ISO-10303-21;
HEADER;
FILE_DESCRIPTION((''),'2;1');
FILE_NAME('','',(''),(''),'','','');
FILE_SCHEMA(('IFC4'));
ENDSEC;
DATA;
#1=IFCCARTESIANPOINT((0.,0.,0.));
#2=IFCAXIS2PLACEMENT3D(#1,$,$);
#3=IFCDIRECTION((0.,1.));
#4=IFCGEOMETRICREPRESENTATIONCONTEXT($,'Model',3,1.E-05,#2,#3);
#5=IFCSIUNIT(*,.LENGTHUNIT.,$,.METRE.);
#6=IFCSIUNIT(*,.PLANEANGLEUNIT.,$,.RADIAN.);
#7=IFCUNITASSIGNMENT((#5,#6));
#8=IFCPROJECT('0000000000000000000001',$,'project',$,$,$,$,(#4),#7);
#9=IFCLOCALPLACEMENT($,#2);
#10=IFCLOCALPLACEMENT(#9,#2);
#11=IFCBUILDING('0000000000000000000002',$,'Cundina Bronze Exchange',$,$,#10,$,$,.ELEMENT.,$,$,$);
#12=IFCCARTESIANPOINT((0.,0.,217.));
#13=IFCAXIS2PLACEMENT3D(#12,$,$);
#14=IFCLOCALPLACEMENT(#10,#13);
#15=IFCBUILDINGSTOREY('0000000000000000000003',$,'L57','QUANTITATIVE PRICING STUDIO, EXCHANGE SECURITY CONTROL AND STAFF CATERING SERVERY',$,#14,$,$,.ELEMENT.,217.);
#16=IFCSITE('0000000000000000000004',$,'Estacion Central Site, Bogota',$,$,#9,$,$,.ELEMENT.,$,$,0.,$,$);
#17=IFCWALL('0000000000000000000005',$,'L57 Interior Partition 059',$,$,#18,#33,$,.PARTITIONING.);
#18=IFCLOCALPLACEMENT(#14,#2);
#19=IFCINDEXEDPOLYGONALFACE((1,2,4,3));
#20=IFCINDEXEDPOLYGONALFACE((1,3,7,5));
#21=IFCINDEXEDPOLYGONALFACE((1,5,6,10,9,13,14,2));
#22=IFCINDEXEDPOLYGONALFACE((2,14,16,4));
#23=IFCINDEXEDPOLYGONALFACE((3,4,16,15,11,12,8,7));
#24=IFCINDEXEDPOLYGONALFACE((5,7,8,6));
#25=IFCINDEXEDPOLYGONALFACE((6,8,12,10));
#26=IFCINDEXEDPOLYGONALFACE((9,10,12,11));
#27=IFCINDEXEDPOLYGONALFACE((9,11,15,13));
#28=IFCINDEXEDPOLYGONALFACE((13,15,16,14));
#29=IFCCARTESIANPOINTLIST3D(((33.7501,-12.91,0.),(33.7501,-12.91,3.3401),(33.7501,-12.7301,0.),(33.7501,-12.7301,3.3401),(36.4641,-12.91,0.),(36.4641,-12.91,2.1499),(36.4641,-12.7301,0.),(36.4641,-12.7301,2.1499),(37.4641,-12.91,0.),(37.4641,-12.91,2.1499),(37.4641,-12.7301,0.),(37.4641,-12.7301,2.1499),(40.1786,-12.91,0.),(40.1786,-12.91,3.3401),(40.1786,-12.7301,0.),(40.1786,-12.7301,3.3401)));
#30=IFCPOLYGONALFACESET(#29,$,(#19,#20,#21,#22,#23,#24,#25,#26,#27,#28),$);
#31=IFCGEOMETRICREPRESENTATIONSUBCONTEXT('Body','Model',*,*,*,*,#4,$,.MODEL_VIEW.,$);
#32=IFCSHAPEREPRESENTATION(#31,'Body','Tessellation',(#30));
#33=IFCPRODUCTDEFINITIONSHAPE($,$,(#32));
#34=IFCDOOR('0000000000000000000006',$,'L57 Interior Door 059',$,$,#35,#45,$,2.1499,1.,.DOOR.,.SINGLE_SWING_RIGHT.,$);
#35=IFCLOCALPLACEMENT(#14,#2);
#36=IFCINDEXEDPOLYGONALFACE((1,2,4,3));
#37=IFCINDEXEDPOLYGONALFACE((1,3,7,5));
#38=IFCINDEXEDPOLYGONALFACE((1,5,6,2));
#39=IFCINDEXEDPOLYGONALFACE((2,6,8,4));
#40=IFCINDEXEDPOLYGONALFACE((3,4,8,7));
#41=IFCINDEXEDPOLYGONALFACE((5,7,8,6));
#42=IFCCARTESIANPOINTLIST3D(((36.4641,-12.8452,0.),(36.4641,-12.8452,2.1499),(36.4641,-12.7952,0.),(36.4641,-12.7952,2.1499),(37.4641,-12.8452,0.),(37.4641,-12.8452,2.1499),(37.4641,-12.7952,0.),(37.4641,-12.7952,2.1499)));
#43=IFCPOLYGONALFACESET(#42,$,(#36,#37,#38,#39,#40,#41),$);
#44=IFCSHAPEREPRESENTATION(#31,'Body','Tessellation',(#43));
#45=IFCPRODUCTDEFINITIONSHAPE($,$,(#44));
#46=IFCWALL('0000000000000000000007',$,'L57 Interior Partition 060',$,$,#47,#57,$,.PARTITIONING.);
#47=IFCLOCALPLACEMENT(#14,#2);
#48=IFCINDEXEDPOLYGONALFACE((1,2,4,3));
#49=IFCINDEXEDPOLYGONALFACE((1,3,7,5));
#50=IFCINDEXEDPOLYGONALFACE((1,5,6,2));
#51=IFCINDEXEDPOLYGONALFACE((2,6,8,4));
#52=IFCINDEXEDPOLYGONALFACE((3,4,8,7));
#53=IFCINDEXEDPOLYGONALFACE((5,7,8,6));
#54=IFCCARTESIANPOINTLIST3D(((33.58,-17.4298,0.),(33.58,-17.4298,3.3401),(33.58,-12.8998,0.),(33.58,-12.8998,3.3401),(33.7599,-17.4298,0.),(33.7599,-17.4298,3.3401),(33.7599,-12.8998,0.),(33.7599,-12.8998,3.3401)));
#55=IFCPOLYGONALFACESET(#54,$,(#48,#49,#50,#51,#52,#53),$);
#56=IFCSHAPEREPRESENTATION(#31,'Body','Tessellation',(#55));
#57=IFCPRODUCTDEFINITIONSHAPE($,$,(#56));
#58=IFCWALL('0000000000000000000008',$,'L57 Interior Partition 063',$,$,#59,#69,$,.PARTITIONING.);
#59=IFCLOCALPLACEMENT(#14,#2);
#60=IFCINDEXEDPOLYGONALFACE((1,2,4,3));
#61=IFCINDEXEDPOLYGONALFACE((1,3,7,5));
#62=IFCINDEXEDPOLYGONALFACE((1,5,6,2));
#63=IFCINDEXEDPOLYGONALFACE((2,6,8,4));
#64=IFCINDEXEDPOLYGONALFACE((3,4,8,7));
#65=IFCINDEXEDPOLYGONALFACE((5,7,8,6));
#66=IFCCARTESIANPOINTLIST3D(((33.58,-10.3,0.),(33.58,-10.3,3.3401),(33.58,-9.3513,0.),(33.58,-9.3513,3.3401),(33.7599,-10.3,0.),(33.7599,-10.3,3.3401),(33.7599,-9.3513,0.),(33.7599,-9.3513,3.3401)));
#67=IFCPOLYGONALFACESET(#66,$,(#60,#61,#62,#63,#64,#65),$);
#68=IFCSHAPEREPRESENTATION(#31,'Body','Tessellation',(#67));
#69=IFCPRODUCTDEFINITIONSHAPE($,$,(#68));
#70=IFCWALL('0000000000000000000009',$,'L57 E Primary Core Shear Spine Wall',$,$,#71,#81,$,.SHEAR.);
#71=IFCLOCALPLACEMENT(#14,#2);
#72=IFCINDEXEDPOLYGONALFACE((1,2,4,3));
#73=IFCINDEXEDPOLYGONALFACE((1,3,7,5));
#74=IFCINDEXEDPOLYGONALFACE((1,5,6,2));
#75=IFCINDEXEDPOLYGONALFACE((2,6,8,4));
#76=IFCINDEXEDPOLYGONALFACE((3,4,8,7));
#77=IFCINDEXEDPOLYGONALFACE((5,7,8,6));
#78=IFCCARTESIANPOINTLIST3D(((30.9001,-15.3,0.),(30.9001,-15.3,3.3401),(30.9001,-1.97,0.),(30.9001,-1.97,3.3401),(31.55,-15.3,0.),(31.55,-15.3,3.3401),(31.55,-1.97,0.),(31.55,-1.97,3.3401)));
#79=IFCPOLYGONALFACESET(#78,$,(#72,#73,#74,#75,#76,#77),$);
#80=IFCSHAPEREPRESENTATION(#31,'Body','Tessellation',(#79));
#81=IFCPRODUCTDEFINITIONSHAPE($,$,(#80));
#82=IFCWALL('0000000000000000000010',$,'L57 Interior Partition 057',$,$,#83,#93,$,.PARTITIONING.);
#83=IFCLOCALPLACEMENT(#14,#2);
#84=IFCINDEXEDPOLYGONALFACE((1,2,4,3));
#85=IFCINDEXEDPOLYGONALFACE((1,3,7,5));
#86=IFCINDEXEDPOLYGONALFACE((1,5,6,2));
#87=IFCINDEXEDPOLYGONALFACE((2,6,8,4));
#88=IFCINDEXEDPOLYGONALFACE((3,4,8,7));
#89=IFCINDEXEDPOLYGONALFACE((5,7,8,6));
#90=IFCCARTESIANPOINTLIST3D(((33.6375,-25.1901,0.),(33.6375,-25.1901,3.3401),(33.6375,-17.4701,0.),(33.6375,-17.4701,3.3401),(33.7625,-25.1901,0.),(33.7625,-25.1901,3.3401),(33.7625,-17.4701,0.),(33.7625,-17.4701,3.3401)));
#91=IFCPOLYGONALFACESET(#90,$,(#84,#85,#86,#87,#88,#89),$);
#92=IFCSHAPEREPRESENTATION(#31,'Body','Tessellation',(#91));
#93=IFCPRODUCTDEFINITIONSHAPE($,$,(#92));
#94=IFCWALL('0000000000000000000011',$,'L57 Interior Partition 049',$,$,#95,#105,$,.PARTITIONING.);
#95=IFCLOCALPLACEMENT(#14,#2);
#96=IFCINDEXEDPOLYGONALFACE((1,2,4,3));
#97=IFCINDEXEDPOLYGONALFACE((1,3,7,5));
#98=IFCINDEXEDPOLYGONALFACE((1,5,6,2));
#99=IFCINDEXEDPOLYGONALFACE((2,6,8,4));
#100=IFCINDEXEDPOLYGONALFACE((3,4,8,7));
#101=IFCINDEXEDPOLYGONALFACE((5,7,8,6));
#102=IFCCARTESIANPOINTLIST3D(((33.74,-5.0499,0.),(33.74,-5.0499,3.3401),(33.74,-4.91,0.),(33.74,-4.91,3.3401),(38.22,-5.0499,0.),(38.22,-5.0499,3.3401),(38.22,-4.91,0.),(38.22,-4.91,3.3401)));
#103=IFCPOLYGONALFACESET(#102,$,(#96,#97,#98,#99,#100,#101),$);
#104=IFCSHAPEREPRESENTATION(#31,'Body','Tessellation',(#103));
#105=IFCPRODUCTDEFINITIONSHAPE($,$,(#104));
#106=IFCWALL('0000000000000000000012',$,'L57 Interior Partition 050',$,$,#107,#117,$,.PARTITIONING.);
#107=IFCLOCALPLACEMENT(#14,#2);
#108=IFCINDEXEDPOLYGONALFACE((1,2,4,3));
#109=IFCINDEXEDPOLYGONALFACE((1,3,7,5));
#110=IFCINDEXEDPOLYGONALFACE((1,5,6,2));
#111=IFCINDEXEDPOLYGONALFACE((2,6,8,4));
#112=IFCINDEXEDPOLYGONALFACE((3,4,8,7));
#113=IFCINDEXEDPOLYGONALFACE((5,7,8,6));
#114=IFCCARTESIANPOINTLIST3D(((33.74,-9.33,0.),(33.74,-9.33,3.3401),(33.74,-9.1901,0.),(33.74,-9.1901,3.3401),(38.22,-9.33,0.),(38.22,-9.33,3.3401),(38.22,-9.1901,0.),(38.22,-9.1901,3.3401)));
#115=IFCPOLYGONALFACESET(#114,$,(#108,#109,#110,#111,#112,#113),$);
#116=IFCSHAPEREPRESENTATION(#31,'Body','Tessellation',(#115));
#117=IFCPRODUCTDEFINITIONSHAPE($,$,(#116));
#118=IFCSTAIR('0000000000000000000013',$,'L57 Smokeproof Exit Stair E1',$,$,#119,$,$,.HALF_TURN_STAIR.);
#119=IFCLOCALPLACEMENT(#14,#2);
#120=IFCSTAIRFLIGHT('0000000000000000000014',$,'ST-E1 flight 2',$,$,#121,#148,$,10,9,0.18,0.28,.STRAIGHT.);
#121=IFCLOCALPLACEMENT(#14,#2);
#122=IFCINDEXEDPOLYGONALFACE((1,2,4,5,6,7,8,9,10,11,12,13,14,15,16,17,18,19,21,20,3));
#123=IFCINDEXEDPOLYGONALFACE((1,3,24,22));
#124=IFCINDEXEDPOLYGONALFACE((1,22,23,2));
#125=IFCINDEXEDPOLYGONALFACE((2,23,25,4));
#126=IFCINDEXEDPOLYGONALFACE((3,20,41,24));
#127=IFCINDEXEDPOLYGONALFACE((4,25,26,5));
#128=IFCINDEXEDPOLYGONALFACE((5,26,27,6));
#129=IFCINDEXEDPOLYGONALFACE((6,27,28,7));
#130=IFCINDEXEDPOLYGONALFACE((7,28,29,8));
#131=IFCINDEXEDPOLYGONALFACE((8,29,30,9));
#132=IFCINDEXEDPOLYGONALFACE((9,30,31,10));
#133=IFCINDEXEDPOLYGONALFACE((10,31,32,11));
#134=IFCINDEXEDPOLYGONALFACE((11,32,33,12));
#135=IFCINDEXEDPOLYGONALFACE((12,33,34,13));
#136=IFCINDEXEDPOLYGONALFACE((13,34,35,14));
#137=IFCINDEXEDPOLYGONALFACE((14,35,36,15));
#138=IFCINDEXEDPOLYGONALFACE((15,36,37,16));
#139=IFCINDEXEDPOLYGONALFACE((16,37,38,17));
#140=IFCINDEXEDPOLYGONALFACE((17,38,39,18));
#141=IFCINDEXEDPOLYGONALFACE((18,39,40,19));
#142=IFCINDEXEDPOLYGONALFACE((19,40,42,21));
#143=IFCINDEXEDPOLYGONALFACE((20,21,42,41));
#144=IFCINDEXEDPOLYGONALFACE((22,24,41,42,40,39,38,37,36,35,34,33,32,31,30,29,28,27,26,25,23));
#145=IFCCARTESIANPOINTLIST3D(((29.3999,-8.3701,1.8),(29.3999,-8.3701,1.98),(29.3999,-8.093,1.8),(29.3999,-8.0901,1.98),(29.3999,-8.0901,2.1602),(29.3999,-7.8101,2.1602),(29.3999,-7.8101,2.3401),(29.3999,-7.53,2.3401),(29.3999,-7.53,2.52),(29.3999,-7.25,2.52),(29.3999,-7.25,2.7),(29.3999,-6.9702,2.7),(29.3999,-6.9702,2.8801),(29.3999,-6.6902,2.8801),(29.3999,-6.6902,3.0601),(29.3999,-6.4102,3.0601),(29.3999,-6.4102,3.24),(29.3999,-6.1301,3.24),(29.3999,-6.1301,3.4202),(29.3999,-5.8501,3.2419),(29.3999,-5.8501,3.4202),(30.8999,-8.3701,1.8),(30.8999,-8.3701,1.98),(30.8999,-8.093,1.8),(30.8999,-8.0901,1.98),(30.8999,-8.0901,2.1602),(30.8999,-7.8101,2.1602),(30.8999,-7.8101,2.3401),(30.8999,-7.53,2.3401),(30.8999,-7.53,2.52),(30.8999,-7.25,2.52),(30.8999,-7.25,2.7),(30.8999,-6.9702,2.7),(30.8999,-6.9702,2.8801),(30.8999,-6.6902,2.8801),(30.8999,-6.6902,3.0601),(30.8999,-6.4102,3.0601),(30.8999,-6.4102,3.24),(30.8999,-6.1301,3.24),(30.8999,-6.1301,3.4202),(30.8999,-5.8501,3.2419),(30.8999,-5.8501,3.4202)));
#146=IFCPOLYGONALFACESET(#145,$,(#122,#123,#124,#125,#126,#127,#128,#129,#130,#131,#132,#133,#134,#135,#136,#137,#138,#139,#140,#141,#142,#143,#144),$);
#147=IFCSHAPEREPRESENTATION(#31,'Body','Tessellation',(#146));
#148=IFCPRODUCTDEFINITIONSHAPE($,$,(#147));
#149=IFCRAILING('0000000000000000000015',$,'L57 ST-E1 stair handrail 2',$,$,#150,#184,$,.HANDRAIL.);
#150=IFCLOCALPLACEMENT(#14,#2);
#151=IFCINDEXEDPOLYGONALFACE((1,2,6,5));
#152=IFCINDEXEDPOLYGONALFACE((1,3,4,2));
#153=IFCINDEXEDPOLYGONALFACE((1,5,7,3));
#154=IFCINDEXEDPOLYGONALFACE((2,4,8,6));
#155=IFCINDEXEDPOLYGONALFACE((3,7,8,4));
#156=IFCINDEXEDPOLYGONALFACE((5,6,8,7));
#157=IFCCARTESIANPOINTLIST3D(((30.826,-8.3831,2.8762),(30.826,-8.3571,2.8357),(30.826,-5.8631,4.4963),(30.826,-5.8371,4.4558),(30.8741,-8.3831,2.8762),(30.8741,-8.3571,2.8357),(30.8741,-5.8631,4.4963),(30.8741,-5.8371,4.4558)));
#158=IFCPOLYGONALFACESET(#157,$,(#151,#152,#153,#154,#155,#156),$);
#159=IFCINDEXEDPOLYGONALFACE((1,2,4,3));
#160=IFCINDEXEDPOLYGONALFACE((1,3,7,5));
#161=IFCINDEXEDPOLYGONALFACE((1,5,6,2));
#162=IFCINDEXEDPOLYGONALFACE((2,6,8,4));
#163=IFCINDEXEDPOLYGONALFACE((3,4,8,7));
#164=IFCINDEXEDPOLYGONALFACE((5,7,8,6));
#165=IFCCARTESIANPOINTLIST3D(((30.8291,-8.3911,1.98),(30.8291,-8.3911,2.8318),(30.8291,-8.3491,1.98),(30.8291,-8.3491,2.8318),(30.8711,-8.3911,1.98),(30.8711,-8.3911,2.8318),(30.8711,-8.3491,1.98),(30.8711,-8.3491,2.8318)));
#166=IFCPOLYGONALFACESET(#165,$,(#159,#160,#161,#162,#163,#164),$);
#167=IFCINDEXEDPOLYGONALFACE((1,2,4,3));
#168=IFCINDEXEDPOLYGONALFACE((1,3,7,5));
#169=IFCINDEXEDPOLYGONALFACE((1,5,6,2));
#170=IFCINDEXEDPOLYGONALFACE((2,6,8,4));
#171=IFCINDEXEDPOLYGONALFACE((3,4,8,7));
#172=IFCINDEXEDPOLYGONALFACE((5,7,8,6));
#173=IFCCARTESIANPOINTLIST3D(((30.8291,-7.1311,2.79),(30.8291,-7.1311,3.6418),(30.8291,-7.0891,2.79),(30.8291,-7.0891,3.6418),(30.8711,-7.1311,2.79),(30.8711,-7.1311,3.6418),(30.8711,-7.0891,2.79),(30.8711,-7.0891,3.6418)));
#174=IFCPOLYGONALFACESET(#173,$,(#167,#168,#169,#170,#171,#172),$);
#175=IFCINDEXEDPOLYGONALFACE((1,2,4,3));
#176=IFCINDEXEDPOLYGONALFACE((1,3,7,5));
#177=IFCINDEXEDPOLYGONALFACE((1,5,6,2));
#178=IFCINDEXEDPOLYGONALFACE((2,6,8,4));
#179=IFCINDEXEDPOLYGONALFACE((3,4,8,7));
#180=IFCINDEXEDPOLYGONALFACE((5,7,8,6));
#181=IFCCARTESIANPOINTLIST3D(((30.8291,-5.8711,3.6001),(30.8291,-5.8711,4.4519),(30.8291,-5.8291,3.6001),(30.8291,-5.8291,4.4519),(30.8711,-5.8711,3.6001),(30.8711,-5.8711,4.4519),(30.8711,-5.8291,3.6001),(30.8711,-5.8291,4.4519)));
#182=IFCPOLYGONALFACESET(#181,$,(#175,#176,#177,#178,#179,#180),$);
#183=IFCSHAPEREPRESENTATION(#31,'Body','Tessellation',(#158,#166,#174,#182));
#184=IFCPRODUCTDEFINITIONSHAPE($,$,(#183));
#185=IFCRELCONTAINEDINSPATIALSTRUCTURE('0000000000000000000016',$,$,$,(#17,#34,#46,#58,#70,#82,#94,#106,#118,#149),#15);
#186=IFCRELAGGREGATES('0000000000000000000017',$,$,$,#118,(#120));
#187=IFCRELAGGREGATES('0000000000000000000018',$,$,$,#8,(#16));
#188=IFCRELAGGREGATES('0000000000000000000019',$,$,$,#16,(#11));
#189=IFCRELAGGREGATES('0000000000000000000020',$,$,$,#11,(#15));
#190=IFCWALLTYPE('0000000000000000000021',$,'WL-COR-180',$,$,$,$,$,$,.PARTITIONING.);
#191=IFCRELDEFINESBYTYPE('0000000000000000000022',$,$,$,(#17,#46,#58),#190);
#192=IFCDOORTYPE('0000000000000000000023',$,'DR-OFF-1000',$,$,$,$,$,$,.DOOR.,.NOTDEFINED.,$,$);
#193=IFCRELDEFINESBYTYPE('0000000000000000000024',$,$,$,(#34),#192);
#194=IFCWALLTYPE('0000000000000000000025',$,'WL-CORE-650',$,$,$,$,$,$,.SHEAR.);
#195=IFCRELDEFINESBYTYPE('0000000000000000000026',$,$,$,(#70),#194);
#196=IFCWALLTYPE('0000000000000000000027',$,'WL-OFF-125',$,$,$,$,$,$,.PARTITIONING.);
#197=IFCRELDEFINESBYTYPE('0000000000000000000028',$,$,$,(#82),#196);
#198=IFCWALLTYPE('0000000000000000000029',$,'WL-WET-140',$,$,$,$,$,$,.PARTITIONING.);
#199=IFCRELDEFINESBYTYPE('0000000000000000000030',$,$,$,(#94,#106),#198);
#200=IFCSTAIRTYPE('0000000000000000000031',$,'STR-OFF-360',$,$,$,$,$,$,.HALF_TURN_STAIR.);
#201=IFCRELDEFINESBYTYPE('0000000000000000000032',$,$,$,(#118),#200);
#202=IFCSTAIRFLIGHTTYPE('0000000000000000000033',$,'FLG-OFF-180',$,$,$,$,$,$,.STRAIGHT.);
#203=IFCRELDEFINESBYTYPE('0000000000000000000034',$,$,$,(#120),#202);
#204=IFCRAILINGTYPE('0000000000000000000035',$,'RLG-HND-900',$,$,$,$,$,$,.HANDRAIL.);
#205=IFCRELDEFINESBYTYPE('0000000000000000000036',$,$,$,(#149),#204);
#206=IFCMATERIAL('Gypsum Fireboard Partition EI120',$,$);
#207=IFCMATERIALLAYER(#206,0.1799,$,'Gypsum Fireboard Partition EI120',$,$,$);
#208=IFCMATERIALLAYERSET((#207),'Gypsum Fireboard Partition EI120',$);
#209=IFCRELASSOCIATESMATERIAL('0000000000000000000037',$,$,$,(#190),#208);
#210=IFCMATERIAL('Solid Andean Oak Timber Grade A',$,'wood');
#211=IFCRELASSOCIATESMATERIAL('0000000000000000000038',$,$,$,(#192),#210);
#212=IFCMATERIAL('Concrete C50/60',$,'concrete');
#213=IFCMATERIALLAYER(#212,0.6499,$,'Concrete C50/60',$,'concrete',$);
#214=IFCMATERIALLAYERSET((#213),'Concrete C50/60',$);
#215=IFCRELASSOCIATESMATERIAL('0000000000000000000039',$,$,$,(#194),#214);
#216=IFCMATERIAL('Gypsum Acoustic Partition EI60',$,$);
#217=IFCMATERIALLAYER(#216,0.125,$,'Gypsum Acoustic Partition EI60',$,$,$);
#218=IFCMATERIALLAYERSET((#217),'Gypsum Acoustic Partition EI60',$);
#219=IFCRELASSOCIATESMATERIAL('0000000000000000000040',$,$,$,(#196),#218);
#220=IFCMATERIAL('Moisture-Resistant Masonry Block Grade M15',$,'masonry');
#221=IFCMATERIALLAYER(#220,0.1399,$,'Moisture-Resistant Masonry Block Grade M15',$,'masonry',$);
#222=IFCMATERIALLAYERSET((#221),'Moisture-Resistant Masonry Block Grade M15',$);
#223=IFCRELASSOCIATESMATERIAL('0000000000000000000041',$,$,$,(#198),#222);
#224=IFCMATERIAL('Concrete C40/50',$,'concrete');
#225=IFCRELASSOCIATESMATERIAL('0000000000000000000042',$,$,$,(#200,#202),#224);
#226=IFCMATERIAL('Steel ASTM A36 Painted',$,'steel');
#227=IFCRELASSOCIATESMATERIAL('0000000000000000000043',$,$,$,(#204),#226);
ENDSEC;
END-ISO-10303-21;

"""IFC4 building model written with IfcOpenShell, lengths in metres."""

from ifc_helpers import new_model, si_unit, direction, frame, frame_2d, origin, origin_2d, place, context, subcontext, project, spatial, polyline, rectangle, outline, extrude, material, layer, layer_set, type_object, element, fill, aggregate, save


model = new_model("IFC4")

# Units and contexts
model_context = context("Model", 3, precision=1e-05, world=origin(), true_north=direction((0.0, 1.0)))
body_context = subcontext(model_context, "Body", "Model", "MODEL_VIEW")
ifc_project = project(units=[si_unit("LENGTHUNIT", "METRE"), si_unit("PLANEANGLEUNIT", "RADIAN")], contexts=[model_context])

# Site, building, storey
site_placement = place(None, origin())
site = spatial("IfcSite", under=ifc_project, at=site_placement, Name="Estacion Central Site, Bogota", CompositionType="ELEMENT", RefElevation=0.0)
building_placement = place(site_placement, origin())
building = spatial("IfcBuilding", under=site, at=building_placement, Name="Cundina Bronze Exchange", CompositionType="ELEMENT")
storey_placement = place(building_placement, frame((0.0, 0.0, 217.0)))
storey = spatial("IfcBuildingStorey", under=building, at=storey_placement, Name="L57", Description="QUANTITATIVE PRICING STUDIO, EXCHANGE SECURITY CONTROL AND STAFF CATERING SERVERY", CompositionType="ELEMENT", Elevation=217.0)

# Shared definitions
ifc_material_1 = material(Name="Concrete C50/60", Category="concrete")

# Wall, opening, door
ifc_material_2 = material(Name="Gypsum Fireboard Partition EI120")
ifc_layer_1 = layer(ifc_material_2, 0.1799, Name="Gypsum Fireboard Partition EI120")
ifc_layer_set_1 = layer_set([ifc_layer_1], Name="Gypsum Fireboard Partition EI120")
wall_type_1 = type_object("IfcWallType", Name="WL-COR-180", PredefinedType="PARTITIONING", material=ifc_layer_set_1)
ifc_material_3 = material(Name="Solid Andean Oak Timber Grade A", Category="wood")
door_type_1 = type_object("IfcDoorType", Name="DR-OFF-1000", OperationType="NOTDEFINED", PredefinedType="DOOR", material=ifc_material_3)
wall_1_placement = place(storey_placement, frame((33.75, -12.8201, 0.0), z_axis=(0.0, 0.0, 1.0), x_axis=(1.0, 0.0, 0.0)))
wall_1 = element("IfcWall", 1, at=wall_1_placement, inside=storey, type_object=wall_type_1, Name="L57 Interior Partition 059", PredefinedType="PARTITIONING", context=body_context, shape_type="SweptSolid", body=[
    extrude(rectangle(XDim=6.4285, YDim=0.1799, at=frame_2d((3.2144, 0.0))), origin(), (0.0, 0.0, 1.0), 3.3401),
])
opening_1_placement = place(wall_1_placement, frame((2.7141, 0.0, 0.0)))
opening_1 = element("IfcOpeningElement", 2, at=opening_1_placement, cuts=wall_1, PredefinedType="OPENING", context=body_context, shape_type="SweptSolid", body=[
    extrude(rectangle(XDim=1.0, YDim=2.1499, at=frame_2d((0.5, 1.075))), frame((0.0, 0.0999, 0.0), z_axis=(0.0, -1.0, 0.0), x_axis=(1.0, 0.0, 0.0)), (0.0, 0.0, 1.0), 0.2),
])
door_1_placement = place(opening_1_placement, origin())
door_1 = element("IfcDoor", 3, at=door_1_placement, inside=storey, type_object=door_type_1, Name="L57 Interior Door 059", OperationType="SINGLE_SWING_RIGHT", OverallHeight=2.1499, OverallWidth=1.0, PredefinedType="DOOR", context=body_context, shape_type="SweptSolid", body=[
    extrude(rectangle(XDim=1.0, YDim=2.1499, at=frame_2d((0.5, 1.075))), frame((0.0, 0.0249, 0.0), z_axis=(0.0, -1.0, 0.0), x_axis=(1.0, 0.0, 0.0)), (0.0, 0.0, 1.0), 0.05),
])
fill(opening_1, door_1)

# Walls
wall_2_placement = place(storey_placement, frame((33.6699, -17.4299, 0.0), z_axis=(0.0, 0.0, 1.0), x_axis=(0.0, 1.0, 0.0)))
element("IfcWall", 4, at=wall_2_placement, inside=storey, type_object=wall_type_1, Name="L57 Interior Partition 060", PredefinedType="PARTITIONING", context=body_context, shape_type="SweptSolid", body=[
    extrude(rectangle(XDim=4.53, YDim=0.1799, at=frame_2d((2.2651, 0.0))), origin(), (0.0, 0.0, 1.0), 3.3401),
])
wall_3_placement = place(storey_placement, frame((33.6699, -10.3, 0.0), z_axis=(0.0, 0.0, 1.0), x_axis=(0.0, 1.0, 0.0)))
element("IfcWall", 5, at=wall_3_placement, inside=storey, type_object=wall_type_1, Name="L57 Interior Partition 063", PredefinedType="PARTITIONING", context=body_context, shape_type="SweptSolid", body=[
    extrude(rectangle(XDim=0.9487, YDim=0.1799, at=frame_2d((0.4744, 0.0))), origin(), (0.0, 0.0, 1.0), 3.3401),
])
ifc_layer_2 = layer(ifc_material_1, 0.6499, Name="Concrete C50/60", Category="concrete")
ifc_layer_set_2 = layer_set([ifc_layer_2], Name="Concrete C50/60")
wall_type_2 = type_object("IfcWallType", Name="WL-CORE-650", PredefinedType="SHEAR", material=ifc_layer_set_2)
wall_4_placement = place(storey_placement, frame((31.2251, -15.3, 0.0), z_axis=(0.0, 0.0, 1.0), x_axis=(0.0, 1.0, 0.0)))
element("IfcWall", 6, at=wall_4_placement, inside=storey, type_object=wall_type_2, Name="L57 E Primary Core Shear Spine Wall", PredefinedType="SHEAR", context=body_context, shape_type="SweptSolid", body=[
    extrude(rectangle(XDim=13.3301, YDim=0.6499, at=frame_2d((6.665, 0.0))), origin(), (0.0, 0.0, 1.0), 3.3401),
])
ifc_material_4 = material(Name="Gypsum Acoustic Partition EI60")
ifc_layer_3 = layer(ifc_material_4, 0.125, Name="Gypsum Acoustic Partition EI60")
ifc_layer_set_3 = layer_set([ifc_layer_3], Name="Gypsum Acoustic Partition EI60")
wall_type_3 = type_object("IfcWallType", Name="WL-OFF-125", PredefinedType="PARTITIONING", material=ifc_layer_set_3)
wall_5_placement = place(storey_placement, frame((33.7, -25.1899, 0.0), z_axis=(0.0, 0.0, 1.0), x_axis=(0.0, 1.0, 0.0)))
element("IfcWall", 7, at=wall_5_placement, inside=storey, type_object=wall_type_3, Name="L57 Interior Partition 057", PredefinedType="PARTITIONING", context=body_context, shape_type="SweptSolid", body=[
    extrude(rectangle(XDim=7.72, YDim=0.125, at=frame_2d((3.8599, 0.0))), origin(), (0.0, 0.0, 1.0), 3.3401),
])
ifc_material_5 = material(Name="Moisture-Resistant Masonry Block Grade M15", Category="masonry")
ifc_layer_4 = layer(ifc_material_5, 0.1399, Name="Moisture-Resistant Masonry Block Grade M15", Category="masonry")
ifc_layer_set_4 = layer_set([ifc_layer_4], Name="Moisture-Resistant Masonry Block Grade M15")
wall_type_4 = type_object("IfcWallType", Name="WL-WET-140", PredefinedType="PARTITIONING", material=ifc_layer_set_4)
for number, where, z_axis, x_axis, name in (
    (8, (33.74, -4.98, 0.0), (0.0, 0.0, 1.0), (1.0, 0.0, 0.0), "L57 Interior Partition 049"),
    (9, (33.74, -9.26, 0.0), (0.0, 0.0, 1.0), (1.0, 0.0, 0.0), "L57 Interior Partition 050"),
):
    element("IfcWall", number, at=place(storey_placement, frame(where, z_axis=z_axis, x_axis=x_axis)), inside=storey, type_object=wall_type_4, Name=name, PredefinedType="PARTITIONING", context=body_context, shape_type="SweptSolid", body=[
        extrude(rectangle(XDim=4.48, YDim=0.1399, at=frame_2d((2.24, 0.0))), origin(), (0.0, 0.0, 1.0), 3.3401),
    ])

# Stair, stair flight
ifc_material_6 = material(Name="Concrete C40/50", Category="concrete")
stair_type = type_object("IfcStairType", Name="STR-OFF-360", PredefinedType="HALF_TURN_STAIR", material=ifc_material_6)
stair_placement = place(storey_placement, origin())
stair = element("IfcStair", 10, at=stair_placement, inside=storey, type_object=stair_type, Name="L57 Smokeproof Exit Stair E1", PredefinedType="HALF_TURN_STAIR")
stair_flight_type = type_object("IfcStairFlightType", Name="FLG-OFF-180", PredefinedType="STRAIGHT", material=ifc_material_6)
stair_flight_placement = place(storey_placement, frame((30.1499, -8.3701, 1.8), z_axis=(0.0, 0.0, 1.0), x_axis=(0.0, 1.0, 0.0)))
stair_flight = element("IfcStairFlight", 11, at=stair_flight_placement, type_object=stair_flight_type, Name="ST-E1 flight 2", NumberOfRisers=10, NumberOfTreads=9, PredefinedType="STRAIGHT", RiserHeight=0.18, TreadLength=0.28, context=body_context, shape_type="SweptSolid", body=[
    extrude(outline(polyline([(0.0, 0.0), (0.0, 0.1799), (0.28, 0.1799), (0.28, 0.3601), (0.5601, 0.3601), (0.5601, 0.54), (0.8401, 0.54), (0.8401, 0.72), (1.1201, 0.72), (1.1201, 0.8999), (1.3999, 0.8999), (1.3999, 1.0801), (1.6799, 1.0801), (1.6799, 1.26), (1.96, 1.26), (1.96, 1.4399), (2.24, 1.4399), (2.24, 1.6201), (2.52, 1.6201), (2.52, 1.8), (2.52, 1.4419), (0.2771, 0.0), (0.0, 0.0)])), frame((0.0, 0.75, 0.0), z_axis=(0.0, -1.0, 0.0), x_axis=(1.0, 0.0, 0.0)), (0.0, 0.0, 1.0), 1.5),
])
aggregate(stair, [stair_flight])

# Railing
ifc_material_7 = material(Name="Steel ASTM A36 Painted", Category="steel")
railing_type_1 = type_object("IfcRailingType", Name="RLG-HND-900", PredefinedType="HANDRAIL", material=ifc_material_7)
railing_1_placement = place(storey_placement, frame((30.8501, -8.3701, 1.98)))
element("IfcRailing", 12, at=railing_1_placement, inside=storey, type_object=railing_type_1, Name="L57 ST-E1 stair handrail 2", PredefinedType="HANDRAIL", context=body_context, shape_type="SweptSolid", body=[
    extrude(rectangle(XDim=0.0481, YDim=0.0481, at=origin_2d()), frame((0.0, 0.0, 0.876), z_axis=(0.0, 0.841163, 0.540782), x_axis=(-1.0, 0.0, 0.0)), (0.0, 0.0, 1.0), 2.9958),
    extrude(rectangle(XDim=0.042, YDim=0.042, at=origin_2d()), origin(), (0.0, 0.0, 1.0), 0.8518),
    extrude(rectangle(XDim=0.042, YDim=0.042, at=origin_2d()), frame((0.0, 1.26, 0.8101)), (0.0, 0.0, 1.0), 0.8518),
    extrude(rectangle(XDim=0.042, YDim=0.042, at=origin_2d()), frame((0.0, 2.52, 1.6201)), (0.0, 0.0, 1.0), 0.8518),
])

save(model, "model.ifc")
